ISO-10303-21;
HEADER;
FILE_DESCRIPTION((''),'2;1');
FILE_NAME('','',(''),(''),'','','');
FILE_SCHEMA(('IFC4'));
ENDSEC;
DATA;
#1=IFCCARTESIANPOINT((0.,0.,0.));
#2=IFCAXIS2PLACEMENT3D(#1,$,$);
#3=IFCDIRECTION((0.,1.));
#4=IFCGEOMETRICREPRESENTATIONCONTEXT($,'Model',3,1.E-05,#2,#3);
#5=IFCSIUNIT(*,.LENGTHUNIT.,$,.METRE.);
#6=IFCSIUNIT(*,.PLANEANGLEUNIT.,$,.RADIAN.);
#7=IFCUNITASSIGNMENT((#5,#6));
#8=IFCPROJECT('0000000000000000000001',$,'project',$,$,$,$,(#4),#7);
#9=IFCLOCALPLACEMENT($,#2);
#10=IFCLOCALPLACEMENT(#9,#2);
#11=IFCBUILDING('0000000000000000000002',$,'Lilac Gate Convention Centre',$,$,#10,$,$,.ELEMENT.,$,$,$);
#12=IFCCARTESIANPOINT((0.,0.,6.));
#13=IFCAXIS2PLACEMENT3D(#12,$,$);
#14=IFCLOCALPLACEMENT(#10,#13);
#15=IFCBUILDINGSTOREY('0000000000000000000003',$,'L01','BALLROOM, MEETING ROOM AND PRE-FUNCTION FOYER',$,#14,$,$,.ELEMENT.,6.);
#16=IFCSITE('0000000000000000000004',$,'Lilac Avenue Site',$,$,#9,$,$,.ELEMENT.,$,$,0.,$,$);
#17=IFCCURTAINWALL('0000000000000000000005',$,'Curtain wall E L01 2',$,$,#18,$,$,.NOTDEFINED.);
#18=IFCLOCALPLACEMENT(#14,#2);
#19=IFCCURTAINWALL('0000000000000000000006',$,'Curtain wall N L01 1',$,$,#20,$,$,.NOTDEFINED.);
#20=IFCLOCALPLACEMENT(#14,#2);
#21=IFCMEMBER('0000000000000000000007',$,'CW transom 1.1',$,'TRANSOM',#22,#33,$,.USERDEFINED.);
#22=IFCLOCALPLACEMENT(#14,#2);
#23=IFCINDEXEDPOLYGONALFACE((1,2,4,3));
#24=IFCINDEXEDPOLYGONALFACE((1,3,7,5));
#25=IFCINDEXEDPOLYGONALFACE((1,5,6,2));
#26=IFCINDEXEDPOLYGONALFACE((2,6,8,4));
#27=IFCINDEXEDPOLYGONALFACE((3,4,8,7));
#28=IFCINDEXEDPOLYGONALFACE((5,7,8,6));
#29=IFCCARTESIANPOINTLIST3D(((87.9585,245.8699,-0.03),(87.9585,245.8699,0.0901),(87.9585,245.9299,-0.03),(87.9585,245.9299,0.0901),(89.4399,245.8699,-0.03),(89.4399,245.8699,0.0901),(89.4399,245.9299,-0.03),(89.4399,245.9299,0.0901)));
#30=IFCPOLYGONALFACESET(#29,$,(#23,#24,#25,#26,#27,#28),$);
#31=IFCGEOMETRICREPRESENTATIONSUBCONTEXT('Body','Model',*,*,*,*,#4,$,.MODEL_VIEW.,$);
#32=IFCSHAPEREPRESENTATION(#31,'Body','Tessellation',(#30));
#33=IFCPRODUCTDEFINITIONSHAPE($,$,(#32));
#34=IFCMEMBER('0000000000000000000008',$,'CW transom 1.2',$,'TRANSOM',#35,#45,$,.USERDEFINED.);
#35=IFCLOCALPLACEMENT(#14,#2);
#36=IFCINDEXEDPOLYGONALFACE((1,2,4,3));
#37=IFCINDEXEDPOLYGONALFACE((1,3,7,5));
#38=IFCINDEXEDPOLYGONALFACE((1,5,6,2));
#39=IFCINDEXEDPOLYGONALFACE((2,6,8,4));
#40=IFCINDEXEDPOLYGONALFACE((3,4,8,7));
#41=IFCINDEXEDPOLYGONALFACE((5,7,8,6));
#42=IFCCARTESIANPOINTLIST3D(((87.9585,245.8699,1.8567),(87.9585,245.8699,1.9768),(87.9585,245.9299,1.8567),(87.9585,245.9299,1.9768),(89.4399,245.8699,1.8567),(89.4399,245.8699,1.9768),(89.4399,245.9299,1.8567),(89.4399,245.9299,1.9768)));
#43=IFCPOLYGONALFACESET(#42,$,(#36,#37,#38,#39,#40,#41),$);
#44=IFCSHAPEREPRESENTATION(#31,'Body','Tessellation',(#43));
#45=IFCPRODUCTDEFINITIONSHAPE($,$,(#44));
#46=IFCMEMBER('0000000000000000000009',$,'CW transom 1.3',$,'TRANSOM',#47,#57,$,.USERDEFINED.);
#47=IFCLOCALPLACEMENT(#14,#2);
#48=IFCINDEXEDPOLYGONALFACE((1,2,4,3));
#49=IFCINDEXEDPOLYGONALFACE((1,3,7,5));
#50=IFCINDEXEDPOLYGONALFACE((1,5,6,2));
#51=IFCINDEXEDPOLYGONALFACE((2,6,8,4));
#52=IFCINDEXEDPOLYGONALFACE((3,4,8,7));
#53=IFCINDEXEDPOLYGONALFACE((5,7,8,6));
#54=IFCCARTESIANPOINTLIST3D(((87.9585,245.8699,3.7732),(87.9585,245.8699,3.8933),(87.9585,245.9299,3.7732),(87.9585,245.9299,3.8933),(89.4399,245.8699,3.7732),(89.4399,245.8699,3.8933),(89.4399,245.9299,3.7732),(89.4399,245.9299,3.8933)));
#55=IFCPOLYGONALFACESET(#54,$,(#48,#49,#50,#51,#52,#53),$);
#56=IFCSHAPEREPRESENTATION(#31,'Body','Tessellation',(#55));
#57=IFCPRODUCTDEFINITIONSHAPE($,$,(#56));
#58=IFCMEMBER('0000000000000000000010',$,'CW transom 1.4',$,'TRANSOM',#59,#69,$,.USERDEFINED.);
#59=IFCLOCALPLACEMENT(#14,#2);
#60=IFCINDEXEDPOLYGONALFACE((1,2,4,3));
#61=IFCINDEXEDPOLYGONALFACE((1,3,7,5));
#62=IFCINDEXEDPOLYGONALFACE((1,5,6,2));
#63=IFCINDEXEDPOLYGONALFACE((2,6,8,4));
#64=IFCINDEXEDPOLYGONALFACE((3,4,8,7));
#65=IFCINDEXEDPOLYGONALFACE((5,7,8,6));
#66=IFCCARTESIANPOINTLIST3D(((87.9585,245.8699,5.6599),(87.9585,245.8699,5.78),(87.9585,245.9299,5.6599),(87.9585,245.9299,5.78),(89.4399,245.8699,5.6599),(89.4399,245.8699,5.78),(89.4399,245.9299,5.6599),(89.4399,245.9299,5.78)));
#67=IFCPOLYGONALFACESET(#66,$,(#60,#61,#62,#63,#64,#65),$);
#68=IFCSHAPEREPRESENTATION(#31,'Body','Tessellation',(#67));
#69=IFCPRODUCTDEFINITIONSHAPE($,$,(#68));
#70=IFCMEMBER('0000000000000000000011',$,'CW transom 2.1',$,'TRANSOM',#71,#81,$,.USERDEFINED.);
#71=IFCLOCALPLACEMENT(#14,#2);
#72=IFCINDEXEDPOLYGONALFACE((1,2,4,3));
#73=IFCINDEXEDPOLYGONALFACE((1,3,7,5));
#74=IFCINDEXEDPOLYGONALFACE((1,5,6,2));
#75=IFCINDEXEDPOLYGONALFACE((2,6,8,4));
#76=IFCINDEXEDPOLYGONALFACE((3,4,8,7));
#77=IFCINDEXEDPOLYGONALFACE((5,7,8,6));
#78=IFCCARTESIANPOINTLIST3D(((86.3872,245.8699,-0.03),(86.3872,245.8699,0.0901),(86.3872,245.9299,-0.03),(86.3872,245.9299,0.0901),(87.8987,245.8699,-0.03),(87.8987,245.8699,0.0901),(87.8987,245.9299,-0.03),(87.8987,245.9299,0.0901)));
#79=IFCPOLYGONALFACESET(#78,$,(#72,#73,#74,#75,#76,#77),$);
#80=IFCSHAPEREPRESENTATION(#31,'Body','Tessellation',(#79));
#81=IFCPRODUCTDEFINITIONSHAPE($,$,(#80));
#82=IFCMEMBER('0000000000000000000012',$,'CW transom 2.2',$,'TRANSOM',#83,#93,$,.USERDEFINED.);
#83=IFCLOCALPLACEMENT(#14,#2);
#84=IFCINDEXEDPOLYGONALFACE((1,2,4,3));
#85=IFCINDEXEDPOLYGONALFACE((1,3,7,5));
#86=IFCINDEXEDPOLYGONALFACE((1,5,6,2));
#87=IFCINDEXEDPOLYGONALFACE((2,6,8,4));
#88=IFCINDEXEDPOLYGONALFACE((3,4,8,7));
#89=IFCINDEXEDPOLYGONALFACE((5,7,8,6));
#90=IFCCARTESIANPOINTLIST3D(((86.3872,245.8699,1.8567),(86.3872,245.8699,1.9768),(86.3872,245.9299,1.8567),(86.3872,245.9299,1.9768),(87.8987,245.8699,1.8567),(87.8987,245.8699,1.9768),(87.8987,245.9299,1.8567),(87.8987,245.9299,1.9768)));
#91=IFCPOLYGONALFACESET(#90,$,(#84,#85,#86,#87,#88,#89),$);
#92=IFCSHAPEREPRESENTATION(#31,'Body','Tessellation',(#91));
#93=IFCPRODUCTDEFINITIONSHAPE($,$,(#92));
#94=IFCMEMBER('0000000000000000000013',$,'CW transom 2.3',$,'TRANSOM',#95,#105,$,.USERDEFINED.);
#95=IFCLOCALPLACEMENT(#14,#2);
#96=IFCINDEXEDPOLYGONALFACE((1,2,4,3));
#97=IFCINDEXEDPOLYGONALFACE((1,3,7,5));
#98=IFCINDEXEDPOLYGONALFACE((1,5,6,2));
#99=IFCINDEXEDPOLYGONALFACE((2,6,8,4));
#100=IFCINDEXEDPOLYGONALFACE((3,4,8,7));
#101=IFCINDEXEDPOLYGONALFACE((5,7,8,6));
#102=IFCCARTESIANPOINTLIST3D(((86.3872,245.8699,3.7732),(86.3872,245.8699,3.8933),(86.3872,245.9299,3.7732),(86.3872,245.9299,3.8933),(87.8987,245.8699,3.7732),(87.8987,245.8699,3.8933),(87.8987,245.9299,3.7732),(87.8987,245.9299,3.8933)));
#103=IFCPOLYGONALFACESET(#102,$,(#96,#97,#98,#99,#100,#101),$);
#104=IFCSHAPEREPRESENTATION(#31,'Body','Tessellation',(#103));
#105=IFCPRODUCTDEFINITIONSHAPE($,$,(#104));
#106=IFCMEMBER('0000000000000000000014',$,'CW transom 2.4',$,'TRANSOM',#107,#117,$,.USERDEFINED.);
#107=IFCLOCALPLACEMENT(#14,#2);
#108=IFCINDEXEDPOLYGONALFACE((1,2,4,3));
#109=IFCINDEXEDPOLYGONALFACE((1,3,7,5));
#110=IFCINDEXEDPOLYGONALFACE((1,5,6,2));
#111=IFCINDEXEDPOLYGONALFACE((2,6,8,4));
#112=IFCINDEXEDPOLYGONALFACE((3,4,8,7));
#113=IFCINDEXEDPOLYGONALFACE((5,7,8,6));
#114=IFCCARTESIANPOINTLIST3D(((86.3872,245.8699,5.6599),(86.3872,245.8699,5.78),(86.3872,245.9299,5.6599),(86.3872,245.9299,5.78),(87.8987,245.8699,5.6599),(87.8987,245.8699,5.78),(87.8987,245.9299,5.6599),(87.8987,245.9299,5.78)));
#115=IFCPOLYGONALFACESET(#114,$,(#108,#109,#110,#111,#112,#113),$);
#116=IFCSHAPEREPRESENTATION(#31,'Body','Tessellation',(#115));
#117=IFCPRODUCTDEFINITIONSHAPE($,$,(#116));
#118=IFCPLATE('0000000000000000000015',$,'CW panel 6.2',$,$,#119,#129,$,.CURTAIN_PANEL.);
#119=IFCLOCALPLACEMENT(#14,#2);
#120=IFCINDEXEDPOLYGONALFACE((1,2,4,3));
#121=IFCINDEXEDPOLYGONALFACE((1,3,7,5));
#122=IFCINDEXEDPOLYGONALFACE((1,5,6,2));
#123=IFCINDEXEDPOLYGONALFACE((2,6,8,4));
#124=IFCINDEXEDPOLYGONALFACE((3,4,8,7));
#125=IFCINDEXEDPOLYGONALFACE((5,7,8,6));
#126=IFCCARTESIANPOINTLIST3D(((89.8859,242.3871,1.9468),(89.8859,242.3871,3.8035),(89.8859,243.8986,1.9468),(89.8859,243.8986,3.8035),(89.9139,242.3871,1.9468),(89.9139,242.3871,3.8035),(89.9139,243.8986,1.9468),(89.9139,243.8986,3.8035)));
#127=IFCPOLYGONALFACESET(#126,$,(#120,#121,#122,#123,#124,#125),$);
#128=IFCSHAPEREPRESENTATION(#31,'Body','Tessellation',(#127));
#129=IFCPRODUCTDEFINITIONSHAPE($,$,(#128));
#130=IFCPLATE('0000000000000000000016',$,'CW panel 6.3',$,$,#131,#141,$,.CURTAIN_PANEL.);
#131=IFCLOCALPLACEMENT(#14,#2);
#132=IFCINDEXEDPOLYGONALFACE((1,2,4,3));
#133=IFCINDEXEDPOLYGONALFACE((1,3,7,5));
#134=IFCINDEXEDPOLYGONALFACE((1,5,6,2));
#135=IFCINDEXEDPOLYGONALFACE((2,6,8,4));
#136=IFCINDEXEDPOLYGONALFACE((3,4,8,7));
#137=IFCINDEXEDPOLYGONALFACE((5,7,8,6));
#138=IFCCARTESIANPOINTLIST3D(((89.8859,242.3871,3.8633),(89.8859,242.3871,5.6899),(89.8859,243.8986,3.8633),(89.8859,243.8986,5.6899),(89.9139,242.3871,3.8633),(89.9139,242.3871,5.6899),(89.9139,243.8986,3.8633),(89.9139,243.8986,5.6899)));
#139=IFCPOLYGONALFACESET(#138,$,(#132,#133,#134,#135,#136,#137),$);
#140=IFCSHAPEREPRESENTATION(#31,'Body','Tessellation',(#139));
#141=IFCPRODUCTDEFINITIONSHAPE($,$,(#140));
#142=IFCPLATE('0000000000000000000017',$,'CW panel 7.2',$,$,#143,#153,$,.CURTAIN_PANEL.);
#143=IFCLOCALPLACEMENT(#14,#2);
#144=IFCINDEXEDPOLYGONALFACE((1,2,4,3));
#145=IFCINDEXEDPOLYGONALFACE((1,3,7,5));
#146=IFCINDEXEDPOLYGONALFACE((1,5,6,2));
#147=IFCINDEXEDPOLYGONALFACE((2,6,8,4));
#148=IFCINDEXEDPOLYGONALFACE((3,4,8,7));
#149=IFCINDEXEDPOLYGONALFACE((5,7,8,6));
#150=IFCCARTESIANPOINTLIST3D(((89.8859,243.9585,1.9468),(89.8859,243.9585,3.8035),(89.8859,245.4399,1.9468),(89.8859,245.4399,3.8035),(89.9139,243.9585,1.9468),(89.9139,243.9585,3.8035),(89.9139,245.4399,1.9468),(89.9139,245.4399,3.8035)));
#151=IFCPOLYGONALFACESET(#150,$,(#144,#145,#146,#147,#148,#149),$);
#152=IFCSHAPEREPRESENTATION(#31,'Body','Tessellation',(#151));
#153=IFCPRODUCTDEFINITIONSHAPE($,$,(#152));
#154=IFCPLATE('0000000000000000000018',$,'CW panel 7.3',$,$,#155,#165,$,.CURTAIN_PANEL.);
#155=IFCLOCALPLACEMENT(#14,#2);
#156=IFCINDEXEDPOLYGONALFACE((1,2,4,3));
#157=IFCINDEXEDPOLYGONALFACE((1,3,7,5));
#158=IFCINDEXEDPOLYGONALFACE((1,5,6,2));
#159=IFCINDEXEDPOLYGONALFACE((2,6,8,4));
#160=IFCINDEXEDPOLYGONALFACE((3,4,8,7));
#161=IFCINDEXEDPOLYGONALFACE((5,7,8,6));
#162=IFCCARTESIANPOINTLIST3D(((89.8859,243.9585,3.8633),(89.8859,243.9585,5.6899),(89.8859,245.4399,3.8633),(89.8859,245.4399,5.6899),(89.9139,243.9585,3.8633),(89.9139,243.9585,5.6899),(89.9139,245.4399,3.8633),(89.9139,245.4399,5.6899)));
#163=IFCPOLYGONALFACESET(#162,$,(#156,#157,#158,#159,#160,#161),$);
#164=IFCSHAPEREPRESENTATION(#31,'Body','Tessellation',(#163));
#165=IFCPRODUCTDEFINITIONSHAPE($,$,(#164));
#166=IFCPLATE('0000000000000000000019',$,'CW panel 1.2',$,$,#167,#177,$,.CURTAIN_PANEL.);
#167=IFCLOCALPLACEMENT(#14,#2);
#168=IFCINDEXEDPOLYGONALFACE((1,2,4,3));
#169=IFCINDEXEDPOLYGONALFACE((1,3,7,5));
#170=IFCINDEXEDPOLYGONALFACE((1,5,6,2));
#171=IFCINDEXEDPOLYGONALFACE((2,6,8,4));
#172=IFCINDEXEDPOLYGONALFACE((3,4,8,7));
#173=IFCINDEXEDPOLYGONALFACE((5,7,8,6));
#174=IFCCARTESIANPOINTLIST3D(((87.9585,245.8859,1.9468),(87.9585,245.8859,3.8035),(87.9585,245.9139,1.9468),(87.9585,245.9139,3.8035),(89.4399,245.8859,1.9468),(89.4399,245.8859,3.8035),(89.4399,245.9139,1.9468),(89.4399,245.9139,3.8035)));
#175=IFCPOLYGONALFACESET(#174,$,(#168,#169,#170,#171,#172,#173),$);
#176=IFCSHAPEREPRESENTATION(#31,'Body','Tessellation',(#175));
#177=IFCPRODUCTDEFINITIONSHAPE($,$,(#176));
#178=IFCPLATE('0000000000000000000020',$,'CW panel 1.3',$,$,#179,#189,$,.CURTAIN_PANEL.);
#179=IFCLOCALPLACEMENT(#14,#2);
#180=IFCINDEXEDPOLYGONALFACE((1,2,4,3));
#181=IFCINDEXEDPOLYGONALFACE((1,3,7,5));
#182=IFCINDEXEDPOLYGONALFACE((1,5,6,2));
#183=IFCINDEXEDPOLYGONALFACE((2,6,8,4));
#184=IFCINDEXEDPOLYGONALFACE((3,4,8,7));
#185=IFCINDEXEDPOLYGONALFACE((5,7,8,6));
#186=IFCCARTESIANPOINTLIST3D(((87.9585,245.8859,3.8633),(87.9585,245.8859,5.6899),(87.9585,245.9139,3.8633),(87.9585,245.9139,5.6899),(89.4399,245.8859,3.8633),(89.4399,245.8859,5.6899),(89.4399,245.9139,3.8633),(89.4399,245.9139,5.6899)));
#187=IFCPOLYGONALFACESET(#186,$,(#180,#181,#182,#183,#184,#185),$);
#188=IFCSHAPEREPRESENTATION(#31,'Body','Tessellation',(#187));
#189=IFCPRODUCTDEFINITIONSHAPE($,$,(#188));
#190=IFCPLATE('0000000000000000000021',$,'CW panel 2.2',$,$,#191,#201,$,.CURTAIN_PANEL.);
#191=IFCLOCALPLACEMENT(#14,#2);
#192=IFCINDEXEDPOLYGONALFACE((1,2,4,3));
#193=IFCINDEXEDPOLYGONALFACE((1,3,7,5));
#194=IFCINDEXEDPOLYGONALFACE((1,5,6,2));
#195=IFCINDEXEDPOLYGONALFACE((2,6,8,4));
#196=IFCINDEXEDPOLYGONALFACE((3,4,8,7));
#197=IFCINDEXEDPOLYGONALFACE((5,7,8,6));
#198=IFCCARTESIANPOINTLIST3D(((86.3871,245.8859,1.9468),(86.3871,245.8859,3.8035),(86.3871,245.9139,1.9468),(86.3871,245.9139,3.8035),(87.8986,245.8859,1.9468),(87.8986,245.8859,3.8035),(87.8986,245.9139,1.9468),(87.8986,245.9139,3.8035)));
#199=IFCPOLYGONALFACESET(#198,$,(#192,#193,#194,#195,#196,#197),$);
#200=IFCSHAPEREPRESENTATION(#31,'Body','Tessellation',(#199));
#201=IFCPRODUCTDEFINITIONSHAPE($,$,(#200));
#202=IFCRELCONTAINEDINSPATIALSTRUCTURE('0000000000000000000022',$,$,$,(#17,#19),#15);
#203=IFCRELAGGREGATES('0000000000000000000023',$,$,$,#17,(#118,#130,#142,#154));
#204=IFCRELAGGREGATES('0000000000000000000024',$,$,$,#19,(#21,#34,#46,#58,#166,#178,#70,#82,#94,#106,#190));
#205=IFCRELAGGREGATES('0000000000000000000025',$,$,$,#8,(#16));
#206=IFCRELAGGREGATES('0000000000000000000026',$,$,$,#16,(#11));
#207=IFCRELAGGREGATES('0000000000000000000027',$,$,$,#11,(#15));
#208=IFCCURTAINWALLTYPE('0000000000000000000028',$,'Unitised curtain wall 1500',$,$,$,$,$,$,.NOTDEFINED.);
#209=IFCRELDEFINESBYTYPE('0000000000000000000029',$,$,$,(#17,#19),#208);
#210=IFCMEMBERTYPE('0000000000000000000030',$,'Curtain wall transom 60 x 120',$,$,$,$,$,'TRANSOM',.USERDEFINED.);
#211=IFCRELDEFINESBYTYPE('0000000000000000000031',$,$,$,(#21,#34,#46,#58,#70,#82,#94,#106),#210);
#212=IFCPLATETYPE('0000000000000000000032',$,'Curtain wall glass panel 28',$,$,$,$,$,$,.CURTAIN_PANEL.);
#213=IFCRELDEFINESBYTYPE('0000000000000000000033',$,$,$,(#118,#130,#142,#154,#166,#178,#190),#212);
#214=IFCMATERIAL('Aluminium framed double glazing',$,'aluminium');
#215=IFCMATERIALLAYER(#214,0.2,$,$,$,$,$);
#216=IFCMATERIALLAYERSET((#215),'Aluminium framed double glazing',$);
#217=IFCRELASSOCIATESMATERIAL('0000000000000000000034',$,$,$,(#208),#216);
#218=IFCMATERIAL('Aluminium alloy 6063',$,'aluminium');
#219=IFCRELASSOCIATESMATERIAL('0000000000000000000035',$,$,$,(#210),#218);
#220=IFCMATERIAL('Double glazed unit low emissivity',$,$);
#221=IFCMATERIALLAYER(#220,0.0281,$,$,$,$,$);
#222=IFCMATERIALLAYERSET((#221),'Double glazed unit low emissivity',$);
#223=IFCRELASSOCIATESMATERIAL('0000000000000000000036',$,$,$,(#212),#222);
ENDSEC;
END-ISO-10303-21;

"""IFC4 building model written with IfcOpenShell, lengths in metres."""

from ifc_helpers import new_model, si_unit, direction, frame, origin, origin_2d, place, context, subcontext, project, spatial, rectangle, extrude, material, layer, layer_set, material_profile, profile_set, type_object, element, aggregate, save


model = new_model("IFC4")

# Units and contexts
model_context = context("Model", 3, precision=1e-05, world=origin(), true_north=direction((0.0, 1.0)))
body_context = subcontext(model_context, "Body", "Model", "MODEL_VIEW")
ifc_project = project(units=[si_unit("LENGTHUNIT", "METRE"), si_unit("PLANEANGLEUNIT", "RADIAN")], contexts=[model_context])

# Site, building, storey
site_placement = place(None, origin())
site = spatial("IfcSite", under=ifc_project, at=site_placement, Name="Lilac Avenue Site", CompositionType="ELEMENT", RefElevation=0.0)
building_placement = place(site_placement, origin())
building = spatial("IfcBuilding", under=site, at=building_placement, Name="Lilac Gate Convention Centre", CompositionType="ELEMENT")
storey_placement = place(building_placement, frame((0.0, 0.0, 6.0)))
storey = spatial("IfcBuildingStorey", under=building, at=storey_placement, Name="L01", Description="BALLROOM, MEETING ROOM AND PRE-FUNCTION FOYER", CompositionType="ELEMENT", Elevation=6.0)

# Curtain walls
ifc_material_1 = material(Name="Aluminium framed double glazing", Category="aluminium")
ifc_layer_1 = layer(ifc_material_1, 0.2)
ifc_layer_set_1 = layer_set([ifc_layer_1], Name="Aluminium framed double glazing")
curtain_wall_type = type_object("IfcCurtainWallType", Name="Unitised curtain wall 1500", PredefinedType="NOTDEFINED", material=ifc_layer_set_1)
curtain_wall_1_placement = place(storey_placement, origin())
curtain_wall_1 = element("IfcCurtainWall", 1, at=curtain_wall_1_placement, inside=storey, type_object=curtain_wall_type, Name="Curtain wall E L01 2", PredefinedType="NOTDEFINED")
ifc_material_2 = material(Name="Aluminium alloy 6063", Category="aluminium")
curtain_wall_2_placement = place(storey_placement, origin())
curtain_wall_2 = element("IfcCurtainWall", 2, at=curtain_wall_2_placement, inside=storey, type_object=curtain_wall_type, Name="Curtain wall N L01 1", PredefinedType="NOTDEFINED")

# Members
ifc_material_profile_1 = material_profile(ifc_material_2, rectangle(XDim=0.0601, YDim=0.1201, at=origin_2d()), Name="Curtain wall transom 60 x 120")
ifc_profile_set_1 = profile_set([ifc_material_profile_1], Name="Aluminium alloy 6063")
member_type_1 = type_object("IfcMemberType", Name="Curtain wall transom 60 x 120", ElementType="TRANSOM", PredefinedType="USERDEFINED", material=ifc_profile_set_1)
member_1_placement = place(storey_placement, frame((89.4399, 245.8999, 0.03), z_axis=(-1.0, 0.0, 0.0), x_axis=(0.0, -1.0, 0.0)))
member_1 = element("IfcMember", 3, at=member_1_placement, type_object=member_type_1, Name="CW transom 1.1", ObjectType="TRANSOM", PredefinedType="USERDEFINED", context=body_context, shape_type="SweptSolid", body=[
    extrude(rectangle(XDim=0.0601, YDim=0.1201, at=origin_2d()), origin(), (0.0, 0.0, 1.0), 1.4814),
])
member_2_placement = place(storey_placement, frame((89.4399, 245.8999, 1.9167), z_axis=(-1.0, 0.0, 0.0), x_axis=(0.0, -1.0, 0.0)))
member_2 = element("IfcMember", 4, at=member_2_placement, type_object=member_type_1, Name="CW transom 1.2", ObjectType="TRANSOM", PredefinedType="USERDEFINED", context=body_context, shape_type="SweptSolid", body=[
    extrude(rectangle(XDim=0.0601, YDim=0.1201, at=origin_2d()), origin(), (0.0, 0.0, 1.0), 1.4814),
])
member_3_placement = place(storey_placement, frame((89.4399, 245.8999, 3.8333), z_axis=(-1.0, 0.0, 0.0), x_axis=(0.0, -1.0, 0.0)))
member_3 = element("IfcMember", 5, at=member_3_placement, type_object=member_type_1, Name="CW transom 1.3", ObjectType="TRANSOM", PredefinedType="USERDEFINED", context=body_context, shape_type="SweptSolid", body=[
    extrude(rectangle(XDim=0.0601, YDim=0.1201, at=origin_2d()), origin(), (0.0, 0.0, 1.0), 1.4814),
])
member_4_placement = place(storey_placement, frame((89.4399, 245.8999, 5.72), z_axis=(-1.0, 0.0, 0.0), x_axis=(0.0, -1.0, 0.0)))
member_4 = element("IfcMember", 6, at=member_4_placement, type_object=member_type_1, Name="CW transom 1.4", ObjectType="TRANSOM", PredefinedType="USERDEFINED", context=body_context, shape_type="SweptSolid", body=[
    extrude(rectangle(XDim=0.0601, YDim=0.1201, at=origin_2d()), origin(), (0.0, 0.0, 1.0), 1.4814),
])
member_5_placement = place(storey_placement, frame((87.8987, 245.8999, 0.03), z_axis=(-1.0, 0.0, 0.0), x_axis=(0.0, -1.0, 0.0)))
member_5 = element("IfcMember", 7, at=member_5_placement, type_object=member_type_1, Name="CW transom 2.1", ObjectType="TRANSOM", PredefinedType="USERDEFINED", context=body_context, shape_type="SweptSolid", body=[
    extrude(rectangle(XDim=0.0601, YDim=0.1201, at=origin_2d()), origin(), (0.0, 0.0, 1.0), 1.5115),
])
member_6_placement = place(storey_placement, frame((87.8987, 245.8999, 1.9167), z_axis=(-1.0, 0.0, 0.0), x_axis=(0.0, -1.0, 0.0)))
member_6 = element("IfcMember", 8, at=member_6_placement, type_object=member_type_1, Name="CW transom 2.2", ObjectType="TRANSOM", PredefinedType="USERDEFINED", context=body_context, shape_type="SweptSolid", body=[
    extrude(rectangle(XDim=0.0601, YDim=0.1201, at=origin_2d()), origin(), (0.0, 0.0, 1.0), 1.5115),
])
member_7_placement = place(storey_placement, frame((87.8987, 245.8999, 3.8333), z_axis=(-1.0, 0.0, 0.0), x_axis=(0.0, -1.0, 0.0)))
member_7 = element("IfcMember", 9, at=member_7_placement, type_object=member_type_1, Name="CW transom 2.3", ObjectType="TRANSOM", PredefinedType="USERDEFINED", context=body_context, shape_type="SweptSolid", body=[
    extrude(rectangle(XDim=0.0601, YDim=0.1201, at=origin_2d()), origin(), (0.0, 0.0, 1.0), 1.5115),
])
member_8_placement = place(storey_placement, frame((87.8987, 245.8999, 5.72), z_axis=(-1.0, 0.0, 0.0), x_axis=(0.0, -1.0, 0.0)))
member_8 = element("IfcMember", 10, at=member_8_placement, type_object=member_type_1, Name="CW transom 2.4", ObjectType="TRANSOM", PredefinedType="USERDEFINED", context=body_context, shape_type="SweptSolid", body=[
    extrude(rectangle(XDim=0.0601, YDim=0.1201, at=origin_2d()), origin(), (0.0, 0.0, 1.0), 1.5115),
])

# Plates
ifc_material_3 = material(Name="Double glazed unit low emissivity")
ifc_layer_2 = layer(ifc_material_3, 0.0281)
ifc_layer_set_2 = layer_set([ifc_layer_2], Name="Double glazed unit low emissivity")
plate_type_1 = type_object("IfcPlateType", Name="Curtain wall glass panel 28", PredefinedType="CURTAIN_PANEL", material=ifc_layer_set_2)
plate_1_placement = place(storey_placement, frame((89.8999, 243.1428, 1.9468), z_axis=(0.0, 0.0, 1.0), x_axis=(0.0, 1.0, 0.0)))
plate_1 = element("IfcPlate", 11, at=plate_1_placement, type_object=plate_type_1, Name="CW panel 6.2", PredefinedType="CURTAIN_PANEL", context=body_context, shape_type="SweptSolid", body=[
    extrude(rectangle(XDim=1.5115, YDim=0.0281, at=origin_2d()), origin(), (0.0, 0.0, 1.0), 1.8567),
])
plate_2_placement = place(storey_placement, frame((89.8999, 243.1428, 3.8633), z_axis=(0.0, 0.0, 1.0), x_axis=(0.0, 1.0, 0.0)))
plate_2 = element("IfcPlate", 12, at=plate_2_placement, type_object=plate_type_1, Name="CW panel 6.3", PredefinedType="CURTAIN_PANEL", context=body_context, shape_type="SweptSolid", body=[
    extrude(rectangle(XDim=1.5115, YDim=0.0281, at=origin_2d()), origin(), (0.0, 0.0, 1.0), 1.8267),
])
plate_3_placement = place(storey_placement, frame((89.8999, 244.6992, 1.9468), z_axis=(0.0, 0.0, 1.0), x_axis=(0.0, 1.0, 0.0)))
plate_3 = element("IfcPlate", 13, at=plate_3_placement, type_object=plate_type_1, Name="CW panel 7.2", PredefinedType="CURTAIN_PANEL", context=body_context, shape_type="SweptSolid", body=[
    extrude(rectangle(XDim=1.4814, YDim=0.0281, at=origin_2d()), origin(), (0.0, 0.0, 1.0), 1.8567),
])
plate_4_placement = place(storey_placement, frame((89.8999, 244.6992, 3.8633), z_axis=(0.0, 0.0, 1.0), x_axis=(0.0, 1.0, 0.0)))
plate_4 = element("IfcPlate", 14, at=plate_4_placement, type_object=plate_type_1, Name="CW panel 7.3", PredefinedType="CURTAIN_PANEL", context=body_context, shape_type="SweptSolid", body=[
    extrude(rectangle(XDim=1.4814, YDim=0.0281, at=origin_2d()), origin(), (0.0, 0.0, 1.0), 1.8267),
])
plate_5_placement = place(storey_placement, frame((88.6992, 245.8999, 1.9468), z_axis=(0.0, 0.0, 1.0), x_axis=(-1.0, 0.0, 0.0)))
plate_5 = element("IfcPlate", 15, at=plate_5_placement, type_object=plate_type_1, Name="CW panel 1.2", PredefinedType="CURTAIN_PANEL", context=body_context, shape_type="SweptSolid", body=[
    extrude(rectangle(XDim=1.4814, YDim=0.0281, at=origin_2d()), origin(), (0.0, 0.0, 1.0), 1.8567),
])
plate_6_placement = place(storey_placement, frame((88.6992, 245.8999, 3.8633), z_axis=(0.0, 0.0, 1.0), x_axis=(-1.0, 0.0, 0.0)))
plate_6 = element("IfcPlate", 16, at=plate_6_placement, type_object=plate_type_1, Name="CW panel 1.3", PredefinedType="CURTAIN_PANEL", context=body_context, shape_type="SweptSolid", body=[
    extrude(rectangle(XDim=1.4814, YDim=0.0281, at=origin_2d()), origin(), (0.0, 0.0, 1.0), 1.8267),
])
plate_7_placement = place(storey_placement, frame((87.1428, 245.8999, 1.9468), z_axis=(0.0, 0.0, 1.0), x_axis=(-1.0, 0.0, 0.0)))
plate_7 = element("IfcPlate", 17, at=plate_7_placement, type_object=plate_type_1, Name="CW panel 2.2", PredefinedType="CURTAIN_PANEL", context=body_context, shape_type="SweptSolid", body=[
    extrude(rectangle(XDim=1.5115, YDim=0.0281, at=origin_2d()), origin(), (0.0, 0.0, 1.0), 1.8567),
])
aggregate(curtain_wall_1, [plate_1, plate_2, plate_3, plate_4])
aggregate(curtain_wall_2, [member_1, member_2, member_3, member_4, plate_5, plate_6, member_5, member_6, member_7, member_8, plate_7])

save(model, "model.ifc")
